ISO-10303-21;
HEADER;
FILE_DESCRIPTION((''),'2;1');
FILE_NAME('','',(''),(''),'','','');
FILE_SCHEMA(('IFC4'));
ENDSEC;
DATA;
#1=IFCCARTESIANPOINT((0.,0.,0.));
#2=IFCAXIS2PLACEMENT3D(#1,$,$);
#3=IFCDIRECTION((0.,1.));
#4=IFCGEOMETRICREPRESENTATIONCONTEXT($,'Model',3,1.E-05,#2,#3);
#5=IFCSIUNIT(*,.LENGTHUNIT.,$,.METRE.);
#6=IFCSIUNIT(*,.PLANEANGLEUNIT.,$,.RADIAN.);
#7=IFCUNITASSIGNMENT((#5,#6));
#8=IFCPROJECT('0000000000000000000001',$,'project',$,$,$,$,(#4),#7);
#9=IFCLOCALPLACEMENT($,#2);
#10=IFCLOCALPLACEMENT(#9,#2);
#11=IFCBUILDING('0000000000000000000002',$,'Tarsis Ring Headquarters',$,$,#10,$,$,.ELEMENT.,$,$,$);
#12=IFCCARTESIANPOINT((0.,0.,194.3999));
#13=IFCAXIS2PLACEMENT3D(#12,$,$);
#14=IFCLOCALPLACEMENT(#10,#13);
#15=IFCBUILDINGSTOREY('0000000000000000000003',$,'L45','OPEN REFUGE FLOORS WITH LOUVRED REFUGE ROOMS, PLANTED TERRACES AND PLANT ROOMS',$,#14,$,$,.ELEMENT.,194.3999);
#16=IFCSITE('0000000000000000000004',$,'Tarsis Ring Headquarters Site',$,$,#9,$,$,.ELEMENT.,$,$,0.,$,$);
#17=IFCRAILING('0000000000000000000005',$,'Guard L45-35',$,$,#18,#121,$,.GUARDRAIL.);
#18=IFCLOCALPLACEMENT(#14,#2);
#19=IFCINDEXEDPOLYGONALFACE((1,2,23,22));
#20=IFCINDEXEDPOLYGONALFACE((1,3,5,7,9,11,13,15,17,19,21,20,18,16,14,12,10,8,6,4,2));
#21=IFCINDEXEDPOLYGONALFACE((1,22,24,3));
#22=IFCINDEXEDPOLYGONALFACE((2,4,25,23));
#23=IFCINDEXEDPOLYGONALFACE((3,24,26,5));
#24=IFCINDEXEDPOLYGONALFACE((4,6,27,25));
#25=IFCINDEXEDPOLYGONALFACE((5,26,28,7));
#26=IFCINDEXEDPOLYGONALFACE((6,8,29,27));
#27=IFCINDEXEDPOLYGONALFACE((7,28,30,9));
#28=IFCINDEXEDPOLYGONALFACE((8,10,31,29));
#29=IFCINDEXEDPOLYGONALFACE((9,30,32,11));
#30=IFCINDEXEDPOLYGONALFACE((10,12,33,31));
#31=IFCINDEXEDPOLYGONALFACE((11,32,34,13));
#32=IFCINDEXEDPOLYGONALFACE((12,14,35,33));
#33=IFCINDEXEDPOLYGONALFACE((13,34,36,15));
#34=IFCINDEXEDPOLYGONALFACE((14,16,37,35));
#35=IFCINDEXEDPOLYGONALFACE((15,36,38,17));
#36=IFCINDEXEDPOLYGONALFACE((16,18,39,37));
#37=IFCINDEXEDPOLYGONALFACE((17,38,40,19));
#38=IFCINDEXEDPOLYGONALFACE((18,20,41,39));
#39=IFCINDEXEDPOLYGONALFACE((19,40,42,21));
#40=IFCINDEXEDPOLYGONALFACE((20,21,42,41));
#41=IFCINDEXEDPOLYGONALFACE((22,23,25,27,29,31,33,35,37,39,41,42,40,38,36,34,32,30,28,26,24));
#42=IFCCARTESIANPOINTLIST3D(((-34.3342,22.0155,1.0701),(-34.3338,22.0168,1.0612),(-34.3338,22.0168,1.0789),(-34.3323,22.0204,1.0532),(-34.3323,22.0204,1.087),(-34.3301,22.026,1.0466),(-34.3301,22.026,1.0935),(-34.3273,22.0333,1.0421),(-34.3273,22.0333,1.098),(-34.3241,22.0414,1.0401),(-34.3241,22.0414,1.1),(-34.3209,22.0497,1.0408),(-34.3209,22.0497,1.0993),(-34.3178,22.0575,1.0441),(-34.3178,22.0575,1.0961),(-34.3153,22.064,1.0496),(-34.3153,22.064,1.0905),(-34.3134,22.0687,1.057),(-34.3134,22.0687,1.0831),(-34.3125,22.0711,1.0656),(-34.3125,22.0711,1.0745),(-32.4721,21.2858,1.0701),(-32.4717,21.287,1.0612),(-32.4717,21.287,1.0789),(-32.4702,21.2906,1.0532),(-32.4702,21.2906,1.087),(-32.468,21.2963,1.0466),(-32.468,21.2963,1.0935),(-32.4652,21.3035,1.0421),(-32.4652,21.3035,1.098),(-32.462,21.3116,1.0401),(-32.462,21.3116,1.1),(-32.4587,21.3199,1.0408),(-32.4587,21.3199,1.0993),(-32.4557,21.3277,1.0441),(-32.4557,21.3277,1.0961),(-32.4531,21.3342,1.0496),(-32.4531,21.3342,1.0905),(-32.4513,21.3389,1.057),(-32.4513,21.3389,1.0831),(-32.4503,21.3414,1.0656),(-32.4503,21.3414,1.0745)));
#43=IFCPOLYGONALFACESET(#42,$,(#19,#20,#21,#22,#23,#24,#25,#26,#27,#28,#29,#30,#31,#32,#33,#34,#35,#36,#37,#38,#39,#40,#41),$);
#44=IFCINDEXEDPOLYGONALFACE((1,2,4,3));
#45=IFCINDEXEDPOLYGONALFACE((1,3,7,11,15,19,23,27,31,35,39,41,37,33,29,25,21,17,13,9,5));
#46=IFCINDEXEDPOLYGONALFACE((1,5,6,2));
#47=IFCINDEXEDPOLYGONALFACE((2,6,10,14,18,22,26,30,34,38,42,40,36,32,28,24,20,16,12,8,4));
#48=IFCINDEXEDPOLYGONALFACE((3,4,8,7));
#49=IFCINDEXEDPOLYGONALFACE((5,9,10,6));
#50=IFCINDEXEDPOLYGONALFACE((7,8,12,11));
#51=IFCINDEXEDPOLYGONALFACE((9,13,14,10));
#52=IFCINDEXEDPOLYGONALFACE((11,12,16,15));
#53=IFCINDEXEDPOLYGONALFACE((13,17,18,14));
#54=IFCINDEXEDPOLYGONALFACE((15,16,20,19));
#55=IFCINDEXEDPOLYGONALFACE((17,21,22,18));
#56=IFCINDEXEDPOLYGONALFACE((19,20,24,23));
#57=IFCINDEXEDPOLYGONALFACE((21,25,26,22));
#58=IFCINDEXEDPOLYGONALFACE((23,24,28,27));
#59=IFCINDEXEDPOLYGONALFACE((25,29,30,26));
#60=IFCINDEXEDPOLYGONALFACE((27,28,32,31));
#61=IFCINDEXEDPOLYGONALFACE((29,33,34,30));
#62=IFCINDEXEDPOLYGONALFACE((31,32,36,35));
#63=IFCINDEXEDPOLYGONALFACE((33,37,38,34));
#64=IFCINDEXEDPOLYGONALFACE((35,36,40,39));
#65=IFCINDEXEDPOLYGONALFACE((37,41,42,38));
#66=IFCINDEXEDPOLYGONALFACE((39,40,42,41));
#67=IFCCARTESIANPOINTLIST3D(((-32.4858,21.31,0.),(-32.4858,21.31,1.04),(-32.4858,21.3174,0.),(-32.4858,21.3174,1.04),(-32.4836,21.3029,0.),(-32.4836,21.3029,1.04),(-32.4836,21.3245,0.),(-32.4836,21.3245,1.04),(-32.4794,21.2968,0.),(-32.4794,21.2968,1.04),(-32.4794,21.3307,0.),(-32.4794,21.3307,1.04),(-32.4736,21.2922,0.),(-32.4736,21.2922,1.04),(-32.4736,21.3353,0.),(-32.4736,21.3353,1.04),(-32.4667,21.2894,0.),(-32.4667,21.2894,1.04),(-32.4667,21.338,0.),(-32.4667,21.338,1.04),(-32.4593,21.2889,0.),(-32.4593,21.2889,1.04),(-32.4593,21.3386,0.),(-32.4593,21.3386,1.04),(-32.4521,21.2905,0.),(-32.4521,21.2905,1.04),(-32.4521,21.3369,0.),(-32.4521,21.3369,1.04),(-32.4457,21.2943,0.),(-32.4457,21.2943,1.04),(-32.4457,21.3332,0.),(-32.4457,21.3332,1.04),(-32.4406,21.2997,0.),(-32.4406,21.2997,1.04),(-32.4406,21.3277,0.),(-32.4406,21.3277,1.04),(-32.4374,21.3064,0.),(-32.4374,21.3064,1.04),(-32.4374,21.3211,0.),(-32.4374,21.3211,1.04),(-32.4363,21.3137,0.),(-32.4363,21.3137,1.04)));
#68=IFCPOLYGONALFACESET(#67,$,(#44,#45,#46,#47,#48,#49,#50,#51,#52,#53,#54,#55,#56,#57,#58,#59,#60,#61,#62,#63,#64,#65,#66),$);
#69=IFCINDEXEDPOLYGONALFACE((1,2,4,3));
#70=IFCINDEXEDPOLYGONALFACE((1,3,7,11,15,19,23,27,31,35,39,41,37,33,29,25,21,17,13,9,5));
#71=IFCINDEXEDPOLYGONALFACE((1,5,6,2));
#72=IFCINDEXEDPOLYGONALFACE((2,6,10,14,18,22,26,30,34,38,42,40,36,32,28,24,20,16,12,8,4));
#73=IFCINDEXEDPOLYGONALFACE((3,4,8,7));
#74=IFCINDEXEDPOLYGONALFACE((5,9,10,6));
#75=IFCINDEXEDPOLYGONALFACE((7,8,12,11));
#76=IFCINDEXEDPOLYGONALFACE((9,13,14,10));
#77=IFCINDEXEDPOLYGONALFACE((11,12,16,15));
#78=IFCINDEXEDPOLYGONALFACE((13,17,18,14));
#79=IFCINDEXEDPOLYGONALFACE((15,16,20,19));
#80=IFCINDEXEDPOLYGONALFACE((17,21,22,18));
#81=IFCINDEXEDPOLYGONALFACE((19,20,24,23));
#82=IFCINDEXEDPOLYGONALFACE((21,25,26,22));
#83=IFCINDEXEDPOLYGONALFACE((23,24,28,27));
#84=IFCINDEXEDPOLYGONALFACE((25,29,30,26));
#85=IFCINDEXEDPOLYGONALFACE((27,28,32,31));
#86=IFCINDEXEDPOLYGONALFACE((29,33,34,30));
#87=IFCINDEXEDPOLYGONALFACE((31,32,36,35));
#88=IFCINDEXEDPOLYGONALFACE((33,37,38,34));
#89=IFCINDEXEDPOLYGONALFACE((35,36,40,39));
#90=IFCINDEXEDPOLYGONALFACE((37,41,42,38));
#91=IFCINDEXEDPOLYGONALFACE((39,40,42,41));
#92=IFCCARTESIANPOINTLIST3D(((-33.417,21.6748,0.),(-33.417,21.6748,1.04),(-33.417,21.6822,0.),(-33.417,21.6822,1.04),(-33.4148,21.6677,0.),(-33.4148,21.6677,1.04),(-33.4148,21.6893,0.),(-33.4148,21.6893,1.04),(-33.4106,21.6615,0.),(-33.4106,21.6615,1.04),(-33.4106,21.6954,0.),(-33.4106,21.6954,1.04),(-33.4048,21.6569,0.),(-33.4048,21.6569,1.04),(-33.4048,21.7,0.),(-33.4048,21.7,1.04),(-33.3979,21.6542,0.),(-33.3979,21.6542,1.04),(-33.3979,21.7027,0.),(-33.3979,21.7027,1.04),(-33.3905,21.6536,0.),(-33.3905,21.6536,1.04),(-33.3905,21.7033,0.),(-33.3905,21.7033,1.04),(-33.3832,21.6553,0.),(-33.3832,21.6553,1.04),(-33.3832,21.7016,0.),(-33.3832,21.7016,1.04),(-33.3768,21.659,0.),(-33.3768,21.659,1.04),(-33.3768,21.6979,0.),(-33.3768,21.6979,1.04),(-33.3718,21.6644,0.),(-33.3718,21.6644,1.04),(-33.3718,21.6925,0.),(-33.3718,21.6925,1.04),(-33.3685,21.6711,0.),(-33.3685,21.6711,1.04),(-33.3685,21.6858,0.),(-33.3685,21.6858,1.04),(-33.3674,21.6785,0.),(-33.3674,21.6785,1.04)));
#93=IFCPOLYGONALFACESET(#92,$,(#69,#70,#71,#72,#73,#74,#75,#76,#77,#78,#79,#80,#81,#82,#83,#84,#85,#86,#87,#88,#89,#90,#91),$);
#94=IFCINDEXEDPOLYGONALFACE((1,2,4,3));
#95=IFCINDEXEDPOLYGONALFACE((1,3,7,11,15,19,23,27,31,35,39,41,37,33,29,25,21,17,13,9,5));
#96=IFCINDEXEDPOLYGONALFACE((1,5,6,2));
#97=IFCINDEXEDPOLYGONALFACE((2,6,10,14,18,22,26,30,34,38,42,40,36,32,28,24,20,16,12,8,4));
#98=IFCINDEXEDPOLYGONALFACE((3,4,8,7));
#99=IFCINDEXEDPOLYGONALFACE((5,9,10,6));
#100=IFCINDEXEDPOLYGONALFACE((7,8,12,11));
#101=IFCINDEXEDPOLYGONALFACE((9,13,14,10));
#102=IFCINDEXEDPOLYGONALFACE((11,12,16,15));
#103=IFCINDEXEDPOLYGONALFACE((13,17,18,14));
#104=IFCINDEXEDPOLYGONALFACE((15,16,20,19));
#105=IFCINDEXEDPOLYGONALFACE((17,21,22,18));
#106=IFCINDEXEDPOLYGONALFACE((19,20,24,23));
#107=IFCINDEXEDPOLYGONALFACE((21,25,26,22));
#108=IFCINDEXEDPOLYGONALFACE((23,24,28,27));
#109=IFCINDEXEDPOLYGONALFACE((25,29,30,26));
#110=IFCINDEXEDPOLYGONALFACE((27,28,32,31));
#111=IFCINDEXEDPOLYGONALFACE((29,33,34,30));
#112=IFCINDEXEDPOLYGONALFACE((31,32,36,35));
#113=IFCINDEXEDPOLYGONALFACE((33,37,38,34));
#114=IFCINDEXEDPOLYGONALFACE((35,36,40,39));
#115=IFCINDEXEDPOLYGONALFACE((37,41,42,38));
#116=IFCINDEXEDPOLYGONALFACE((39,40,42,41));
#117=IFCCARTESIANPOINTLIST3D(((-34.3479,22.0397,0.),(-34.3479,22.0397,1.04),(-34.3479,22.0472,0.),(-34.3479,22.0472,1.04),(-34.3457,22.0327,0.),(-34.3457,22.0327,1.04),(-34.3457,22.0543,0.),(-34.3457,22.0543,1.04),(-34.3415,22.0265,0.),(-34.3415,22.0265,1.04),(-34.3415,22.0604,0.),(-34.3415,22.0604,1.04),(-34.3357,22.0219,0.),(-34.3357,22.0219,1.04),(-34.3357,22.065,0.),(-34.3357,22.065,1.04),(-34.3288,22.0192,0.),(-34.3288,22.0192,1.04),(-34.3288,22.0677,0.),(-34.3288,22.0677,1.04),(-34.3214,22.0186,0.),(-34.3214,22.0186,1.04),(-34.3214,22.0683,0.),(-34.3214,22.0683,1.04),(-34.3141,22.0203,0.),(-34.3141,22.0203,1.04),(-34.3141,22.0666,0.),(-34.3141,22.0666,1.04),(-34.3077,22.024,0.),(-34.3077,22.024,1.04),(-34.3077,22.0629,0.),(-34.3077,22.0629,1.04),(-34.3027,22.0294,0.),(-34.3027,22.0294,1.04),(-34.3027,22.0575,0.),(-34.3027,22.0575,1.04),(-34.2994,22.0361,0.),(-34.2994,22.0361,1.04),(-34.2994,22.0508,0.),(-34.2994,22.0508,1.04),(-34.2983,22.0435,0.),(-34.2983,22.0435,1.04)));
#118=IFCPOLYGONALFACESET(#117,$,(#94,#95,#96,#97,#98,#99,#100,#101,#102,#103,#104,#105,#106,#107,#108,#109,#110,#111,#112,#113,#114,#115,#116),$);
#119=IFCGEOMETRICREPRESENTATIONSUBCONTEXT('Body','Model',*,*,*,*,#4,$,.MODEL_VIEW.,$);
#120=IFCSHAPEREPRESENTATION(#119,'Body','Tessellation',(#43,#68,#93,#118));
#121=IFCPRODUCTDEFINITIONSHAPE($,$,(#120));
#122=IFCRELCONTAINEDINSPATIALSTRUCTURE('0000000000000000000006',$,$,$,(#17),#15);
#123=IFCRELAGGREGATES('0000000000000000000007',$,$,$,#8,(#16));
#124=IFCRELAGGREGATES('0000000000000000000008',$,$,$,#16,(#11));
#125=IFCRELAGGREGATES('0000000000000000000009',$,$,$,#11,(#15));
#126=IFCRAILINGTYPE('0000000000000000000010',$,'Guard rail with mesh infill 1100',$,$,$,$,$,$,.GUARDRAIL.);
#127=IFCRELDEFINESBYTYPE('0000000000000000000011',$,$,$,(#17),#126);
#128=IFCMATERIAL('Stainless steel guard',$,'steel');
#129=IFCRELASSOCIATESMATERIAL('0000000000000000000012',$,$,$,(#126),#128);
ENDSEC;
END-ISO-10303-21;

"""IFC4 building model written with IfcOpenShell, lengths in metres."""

from ifc_helpers import new_model, si_unit, direction, frame, origin, origin_2d, place, context, subcontext, project, spatial, circle, extrude, material, type_object, element, save


model = new_model("IFC4")

# Units and contexts
model_context = context("Model", 3, precision=1e-05, world=origin(), true_north=direction((0.0, 1.0)))
body_context = subcontext(model_context, "Body", "Model", "MODEL_VIEW")
ifc_project = project(units=[si_unit("LENGTHUNIT", "METRE"), si_unit("PLANEANGLEUNIT", "RADIAN")], contexts=[model_context])

# Site, building, storey
site_placement = place(None, origin())
site = spatial("IfcSite", under=ifc_project, at=site_placement, Name="Tarsis Ring Headquarters Site", CompositionType="ELEMENT", RefElevation=0.0)
building_placement = place(site_placement, origin())
building = spatial("IfcBuilding", under=site, at=building_placement, Name="Tarsis Ring Headquarters", CompositionType="ELEMENT")
storey_placement = place(building_placement, frame((0.0, 0.0, 194.3999)))
storey = spatial("IfcBuildingStorey", under=building, at=storey_placement, Name="L45", Description="OPEN REFUGE FLOORS WITH LOUVRED REFUGE ROOMS, PLANTED TERRACES AND PLANT ROOMS", CompositionType="ELEMENT", Elevation=194.3999)

# Railing
ifc_material_1 = material(Name="Stainless steel guard", Category="steel")
railing_type_1 = type_object("IfcRailingType", Name="Guard rail with mesh infill 1100", PredefinedType="GUARDRAIL", material=ifc_material_1)
railing_1_placement = place(storey_placement, frame((-32.4612, 21.3137, 0.0)))
element("IfcRailing", 1, at=railing_1_placement, inside=storey, type_object=railing_type_1, Name="Guard L45-35", PredefinedType="GUARDRAIL", context=body_context, shape_type="SweptSolid", body=[
    extrude(circle(Radius=0.03, at=origin_2d()), frame((0.0, 0.0, 1.0701), z_axis=(-0.931055, 0.364878, 0.0), x_axis=(-0.364878, -0.931055, 0.0)), (0.0, 0.0, 1.0), 2.0),
    extrude(circle(Radius=0.0249, at=origin_2d()), origin(), (0.0, 0.0, 1.0), 1.04),
    extrude(circle(Radius=0.0249, at=origin_2d()), frame((-0.9312, 0.3647, 0.0)), (0.0, 0.0, 1.0), 1.04),
    extrude(circle(Radius=0.0249, at=origin_2d()), frame((-1.8621, 0.7297, 0.0)), (0.0, 0.0, 1.0), 1.04),
])

save(model, "model.ifc")
